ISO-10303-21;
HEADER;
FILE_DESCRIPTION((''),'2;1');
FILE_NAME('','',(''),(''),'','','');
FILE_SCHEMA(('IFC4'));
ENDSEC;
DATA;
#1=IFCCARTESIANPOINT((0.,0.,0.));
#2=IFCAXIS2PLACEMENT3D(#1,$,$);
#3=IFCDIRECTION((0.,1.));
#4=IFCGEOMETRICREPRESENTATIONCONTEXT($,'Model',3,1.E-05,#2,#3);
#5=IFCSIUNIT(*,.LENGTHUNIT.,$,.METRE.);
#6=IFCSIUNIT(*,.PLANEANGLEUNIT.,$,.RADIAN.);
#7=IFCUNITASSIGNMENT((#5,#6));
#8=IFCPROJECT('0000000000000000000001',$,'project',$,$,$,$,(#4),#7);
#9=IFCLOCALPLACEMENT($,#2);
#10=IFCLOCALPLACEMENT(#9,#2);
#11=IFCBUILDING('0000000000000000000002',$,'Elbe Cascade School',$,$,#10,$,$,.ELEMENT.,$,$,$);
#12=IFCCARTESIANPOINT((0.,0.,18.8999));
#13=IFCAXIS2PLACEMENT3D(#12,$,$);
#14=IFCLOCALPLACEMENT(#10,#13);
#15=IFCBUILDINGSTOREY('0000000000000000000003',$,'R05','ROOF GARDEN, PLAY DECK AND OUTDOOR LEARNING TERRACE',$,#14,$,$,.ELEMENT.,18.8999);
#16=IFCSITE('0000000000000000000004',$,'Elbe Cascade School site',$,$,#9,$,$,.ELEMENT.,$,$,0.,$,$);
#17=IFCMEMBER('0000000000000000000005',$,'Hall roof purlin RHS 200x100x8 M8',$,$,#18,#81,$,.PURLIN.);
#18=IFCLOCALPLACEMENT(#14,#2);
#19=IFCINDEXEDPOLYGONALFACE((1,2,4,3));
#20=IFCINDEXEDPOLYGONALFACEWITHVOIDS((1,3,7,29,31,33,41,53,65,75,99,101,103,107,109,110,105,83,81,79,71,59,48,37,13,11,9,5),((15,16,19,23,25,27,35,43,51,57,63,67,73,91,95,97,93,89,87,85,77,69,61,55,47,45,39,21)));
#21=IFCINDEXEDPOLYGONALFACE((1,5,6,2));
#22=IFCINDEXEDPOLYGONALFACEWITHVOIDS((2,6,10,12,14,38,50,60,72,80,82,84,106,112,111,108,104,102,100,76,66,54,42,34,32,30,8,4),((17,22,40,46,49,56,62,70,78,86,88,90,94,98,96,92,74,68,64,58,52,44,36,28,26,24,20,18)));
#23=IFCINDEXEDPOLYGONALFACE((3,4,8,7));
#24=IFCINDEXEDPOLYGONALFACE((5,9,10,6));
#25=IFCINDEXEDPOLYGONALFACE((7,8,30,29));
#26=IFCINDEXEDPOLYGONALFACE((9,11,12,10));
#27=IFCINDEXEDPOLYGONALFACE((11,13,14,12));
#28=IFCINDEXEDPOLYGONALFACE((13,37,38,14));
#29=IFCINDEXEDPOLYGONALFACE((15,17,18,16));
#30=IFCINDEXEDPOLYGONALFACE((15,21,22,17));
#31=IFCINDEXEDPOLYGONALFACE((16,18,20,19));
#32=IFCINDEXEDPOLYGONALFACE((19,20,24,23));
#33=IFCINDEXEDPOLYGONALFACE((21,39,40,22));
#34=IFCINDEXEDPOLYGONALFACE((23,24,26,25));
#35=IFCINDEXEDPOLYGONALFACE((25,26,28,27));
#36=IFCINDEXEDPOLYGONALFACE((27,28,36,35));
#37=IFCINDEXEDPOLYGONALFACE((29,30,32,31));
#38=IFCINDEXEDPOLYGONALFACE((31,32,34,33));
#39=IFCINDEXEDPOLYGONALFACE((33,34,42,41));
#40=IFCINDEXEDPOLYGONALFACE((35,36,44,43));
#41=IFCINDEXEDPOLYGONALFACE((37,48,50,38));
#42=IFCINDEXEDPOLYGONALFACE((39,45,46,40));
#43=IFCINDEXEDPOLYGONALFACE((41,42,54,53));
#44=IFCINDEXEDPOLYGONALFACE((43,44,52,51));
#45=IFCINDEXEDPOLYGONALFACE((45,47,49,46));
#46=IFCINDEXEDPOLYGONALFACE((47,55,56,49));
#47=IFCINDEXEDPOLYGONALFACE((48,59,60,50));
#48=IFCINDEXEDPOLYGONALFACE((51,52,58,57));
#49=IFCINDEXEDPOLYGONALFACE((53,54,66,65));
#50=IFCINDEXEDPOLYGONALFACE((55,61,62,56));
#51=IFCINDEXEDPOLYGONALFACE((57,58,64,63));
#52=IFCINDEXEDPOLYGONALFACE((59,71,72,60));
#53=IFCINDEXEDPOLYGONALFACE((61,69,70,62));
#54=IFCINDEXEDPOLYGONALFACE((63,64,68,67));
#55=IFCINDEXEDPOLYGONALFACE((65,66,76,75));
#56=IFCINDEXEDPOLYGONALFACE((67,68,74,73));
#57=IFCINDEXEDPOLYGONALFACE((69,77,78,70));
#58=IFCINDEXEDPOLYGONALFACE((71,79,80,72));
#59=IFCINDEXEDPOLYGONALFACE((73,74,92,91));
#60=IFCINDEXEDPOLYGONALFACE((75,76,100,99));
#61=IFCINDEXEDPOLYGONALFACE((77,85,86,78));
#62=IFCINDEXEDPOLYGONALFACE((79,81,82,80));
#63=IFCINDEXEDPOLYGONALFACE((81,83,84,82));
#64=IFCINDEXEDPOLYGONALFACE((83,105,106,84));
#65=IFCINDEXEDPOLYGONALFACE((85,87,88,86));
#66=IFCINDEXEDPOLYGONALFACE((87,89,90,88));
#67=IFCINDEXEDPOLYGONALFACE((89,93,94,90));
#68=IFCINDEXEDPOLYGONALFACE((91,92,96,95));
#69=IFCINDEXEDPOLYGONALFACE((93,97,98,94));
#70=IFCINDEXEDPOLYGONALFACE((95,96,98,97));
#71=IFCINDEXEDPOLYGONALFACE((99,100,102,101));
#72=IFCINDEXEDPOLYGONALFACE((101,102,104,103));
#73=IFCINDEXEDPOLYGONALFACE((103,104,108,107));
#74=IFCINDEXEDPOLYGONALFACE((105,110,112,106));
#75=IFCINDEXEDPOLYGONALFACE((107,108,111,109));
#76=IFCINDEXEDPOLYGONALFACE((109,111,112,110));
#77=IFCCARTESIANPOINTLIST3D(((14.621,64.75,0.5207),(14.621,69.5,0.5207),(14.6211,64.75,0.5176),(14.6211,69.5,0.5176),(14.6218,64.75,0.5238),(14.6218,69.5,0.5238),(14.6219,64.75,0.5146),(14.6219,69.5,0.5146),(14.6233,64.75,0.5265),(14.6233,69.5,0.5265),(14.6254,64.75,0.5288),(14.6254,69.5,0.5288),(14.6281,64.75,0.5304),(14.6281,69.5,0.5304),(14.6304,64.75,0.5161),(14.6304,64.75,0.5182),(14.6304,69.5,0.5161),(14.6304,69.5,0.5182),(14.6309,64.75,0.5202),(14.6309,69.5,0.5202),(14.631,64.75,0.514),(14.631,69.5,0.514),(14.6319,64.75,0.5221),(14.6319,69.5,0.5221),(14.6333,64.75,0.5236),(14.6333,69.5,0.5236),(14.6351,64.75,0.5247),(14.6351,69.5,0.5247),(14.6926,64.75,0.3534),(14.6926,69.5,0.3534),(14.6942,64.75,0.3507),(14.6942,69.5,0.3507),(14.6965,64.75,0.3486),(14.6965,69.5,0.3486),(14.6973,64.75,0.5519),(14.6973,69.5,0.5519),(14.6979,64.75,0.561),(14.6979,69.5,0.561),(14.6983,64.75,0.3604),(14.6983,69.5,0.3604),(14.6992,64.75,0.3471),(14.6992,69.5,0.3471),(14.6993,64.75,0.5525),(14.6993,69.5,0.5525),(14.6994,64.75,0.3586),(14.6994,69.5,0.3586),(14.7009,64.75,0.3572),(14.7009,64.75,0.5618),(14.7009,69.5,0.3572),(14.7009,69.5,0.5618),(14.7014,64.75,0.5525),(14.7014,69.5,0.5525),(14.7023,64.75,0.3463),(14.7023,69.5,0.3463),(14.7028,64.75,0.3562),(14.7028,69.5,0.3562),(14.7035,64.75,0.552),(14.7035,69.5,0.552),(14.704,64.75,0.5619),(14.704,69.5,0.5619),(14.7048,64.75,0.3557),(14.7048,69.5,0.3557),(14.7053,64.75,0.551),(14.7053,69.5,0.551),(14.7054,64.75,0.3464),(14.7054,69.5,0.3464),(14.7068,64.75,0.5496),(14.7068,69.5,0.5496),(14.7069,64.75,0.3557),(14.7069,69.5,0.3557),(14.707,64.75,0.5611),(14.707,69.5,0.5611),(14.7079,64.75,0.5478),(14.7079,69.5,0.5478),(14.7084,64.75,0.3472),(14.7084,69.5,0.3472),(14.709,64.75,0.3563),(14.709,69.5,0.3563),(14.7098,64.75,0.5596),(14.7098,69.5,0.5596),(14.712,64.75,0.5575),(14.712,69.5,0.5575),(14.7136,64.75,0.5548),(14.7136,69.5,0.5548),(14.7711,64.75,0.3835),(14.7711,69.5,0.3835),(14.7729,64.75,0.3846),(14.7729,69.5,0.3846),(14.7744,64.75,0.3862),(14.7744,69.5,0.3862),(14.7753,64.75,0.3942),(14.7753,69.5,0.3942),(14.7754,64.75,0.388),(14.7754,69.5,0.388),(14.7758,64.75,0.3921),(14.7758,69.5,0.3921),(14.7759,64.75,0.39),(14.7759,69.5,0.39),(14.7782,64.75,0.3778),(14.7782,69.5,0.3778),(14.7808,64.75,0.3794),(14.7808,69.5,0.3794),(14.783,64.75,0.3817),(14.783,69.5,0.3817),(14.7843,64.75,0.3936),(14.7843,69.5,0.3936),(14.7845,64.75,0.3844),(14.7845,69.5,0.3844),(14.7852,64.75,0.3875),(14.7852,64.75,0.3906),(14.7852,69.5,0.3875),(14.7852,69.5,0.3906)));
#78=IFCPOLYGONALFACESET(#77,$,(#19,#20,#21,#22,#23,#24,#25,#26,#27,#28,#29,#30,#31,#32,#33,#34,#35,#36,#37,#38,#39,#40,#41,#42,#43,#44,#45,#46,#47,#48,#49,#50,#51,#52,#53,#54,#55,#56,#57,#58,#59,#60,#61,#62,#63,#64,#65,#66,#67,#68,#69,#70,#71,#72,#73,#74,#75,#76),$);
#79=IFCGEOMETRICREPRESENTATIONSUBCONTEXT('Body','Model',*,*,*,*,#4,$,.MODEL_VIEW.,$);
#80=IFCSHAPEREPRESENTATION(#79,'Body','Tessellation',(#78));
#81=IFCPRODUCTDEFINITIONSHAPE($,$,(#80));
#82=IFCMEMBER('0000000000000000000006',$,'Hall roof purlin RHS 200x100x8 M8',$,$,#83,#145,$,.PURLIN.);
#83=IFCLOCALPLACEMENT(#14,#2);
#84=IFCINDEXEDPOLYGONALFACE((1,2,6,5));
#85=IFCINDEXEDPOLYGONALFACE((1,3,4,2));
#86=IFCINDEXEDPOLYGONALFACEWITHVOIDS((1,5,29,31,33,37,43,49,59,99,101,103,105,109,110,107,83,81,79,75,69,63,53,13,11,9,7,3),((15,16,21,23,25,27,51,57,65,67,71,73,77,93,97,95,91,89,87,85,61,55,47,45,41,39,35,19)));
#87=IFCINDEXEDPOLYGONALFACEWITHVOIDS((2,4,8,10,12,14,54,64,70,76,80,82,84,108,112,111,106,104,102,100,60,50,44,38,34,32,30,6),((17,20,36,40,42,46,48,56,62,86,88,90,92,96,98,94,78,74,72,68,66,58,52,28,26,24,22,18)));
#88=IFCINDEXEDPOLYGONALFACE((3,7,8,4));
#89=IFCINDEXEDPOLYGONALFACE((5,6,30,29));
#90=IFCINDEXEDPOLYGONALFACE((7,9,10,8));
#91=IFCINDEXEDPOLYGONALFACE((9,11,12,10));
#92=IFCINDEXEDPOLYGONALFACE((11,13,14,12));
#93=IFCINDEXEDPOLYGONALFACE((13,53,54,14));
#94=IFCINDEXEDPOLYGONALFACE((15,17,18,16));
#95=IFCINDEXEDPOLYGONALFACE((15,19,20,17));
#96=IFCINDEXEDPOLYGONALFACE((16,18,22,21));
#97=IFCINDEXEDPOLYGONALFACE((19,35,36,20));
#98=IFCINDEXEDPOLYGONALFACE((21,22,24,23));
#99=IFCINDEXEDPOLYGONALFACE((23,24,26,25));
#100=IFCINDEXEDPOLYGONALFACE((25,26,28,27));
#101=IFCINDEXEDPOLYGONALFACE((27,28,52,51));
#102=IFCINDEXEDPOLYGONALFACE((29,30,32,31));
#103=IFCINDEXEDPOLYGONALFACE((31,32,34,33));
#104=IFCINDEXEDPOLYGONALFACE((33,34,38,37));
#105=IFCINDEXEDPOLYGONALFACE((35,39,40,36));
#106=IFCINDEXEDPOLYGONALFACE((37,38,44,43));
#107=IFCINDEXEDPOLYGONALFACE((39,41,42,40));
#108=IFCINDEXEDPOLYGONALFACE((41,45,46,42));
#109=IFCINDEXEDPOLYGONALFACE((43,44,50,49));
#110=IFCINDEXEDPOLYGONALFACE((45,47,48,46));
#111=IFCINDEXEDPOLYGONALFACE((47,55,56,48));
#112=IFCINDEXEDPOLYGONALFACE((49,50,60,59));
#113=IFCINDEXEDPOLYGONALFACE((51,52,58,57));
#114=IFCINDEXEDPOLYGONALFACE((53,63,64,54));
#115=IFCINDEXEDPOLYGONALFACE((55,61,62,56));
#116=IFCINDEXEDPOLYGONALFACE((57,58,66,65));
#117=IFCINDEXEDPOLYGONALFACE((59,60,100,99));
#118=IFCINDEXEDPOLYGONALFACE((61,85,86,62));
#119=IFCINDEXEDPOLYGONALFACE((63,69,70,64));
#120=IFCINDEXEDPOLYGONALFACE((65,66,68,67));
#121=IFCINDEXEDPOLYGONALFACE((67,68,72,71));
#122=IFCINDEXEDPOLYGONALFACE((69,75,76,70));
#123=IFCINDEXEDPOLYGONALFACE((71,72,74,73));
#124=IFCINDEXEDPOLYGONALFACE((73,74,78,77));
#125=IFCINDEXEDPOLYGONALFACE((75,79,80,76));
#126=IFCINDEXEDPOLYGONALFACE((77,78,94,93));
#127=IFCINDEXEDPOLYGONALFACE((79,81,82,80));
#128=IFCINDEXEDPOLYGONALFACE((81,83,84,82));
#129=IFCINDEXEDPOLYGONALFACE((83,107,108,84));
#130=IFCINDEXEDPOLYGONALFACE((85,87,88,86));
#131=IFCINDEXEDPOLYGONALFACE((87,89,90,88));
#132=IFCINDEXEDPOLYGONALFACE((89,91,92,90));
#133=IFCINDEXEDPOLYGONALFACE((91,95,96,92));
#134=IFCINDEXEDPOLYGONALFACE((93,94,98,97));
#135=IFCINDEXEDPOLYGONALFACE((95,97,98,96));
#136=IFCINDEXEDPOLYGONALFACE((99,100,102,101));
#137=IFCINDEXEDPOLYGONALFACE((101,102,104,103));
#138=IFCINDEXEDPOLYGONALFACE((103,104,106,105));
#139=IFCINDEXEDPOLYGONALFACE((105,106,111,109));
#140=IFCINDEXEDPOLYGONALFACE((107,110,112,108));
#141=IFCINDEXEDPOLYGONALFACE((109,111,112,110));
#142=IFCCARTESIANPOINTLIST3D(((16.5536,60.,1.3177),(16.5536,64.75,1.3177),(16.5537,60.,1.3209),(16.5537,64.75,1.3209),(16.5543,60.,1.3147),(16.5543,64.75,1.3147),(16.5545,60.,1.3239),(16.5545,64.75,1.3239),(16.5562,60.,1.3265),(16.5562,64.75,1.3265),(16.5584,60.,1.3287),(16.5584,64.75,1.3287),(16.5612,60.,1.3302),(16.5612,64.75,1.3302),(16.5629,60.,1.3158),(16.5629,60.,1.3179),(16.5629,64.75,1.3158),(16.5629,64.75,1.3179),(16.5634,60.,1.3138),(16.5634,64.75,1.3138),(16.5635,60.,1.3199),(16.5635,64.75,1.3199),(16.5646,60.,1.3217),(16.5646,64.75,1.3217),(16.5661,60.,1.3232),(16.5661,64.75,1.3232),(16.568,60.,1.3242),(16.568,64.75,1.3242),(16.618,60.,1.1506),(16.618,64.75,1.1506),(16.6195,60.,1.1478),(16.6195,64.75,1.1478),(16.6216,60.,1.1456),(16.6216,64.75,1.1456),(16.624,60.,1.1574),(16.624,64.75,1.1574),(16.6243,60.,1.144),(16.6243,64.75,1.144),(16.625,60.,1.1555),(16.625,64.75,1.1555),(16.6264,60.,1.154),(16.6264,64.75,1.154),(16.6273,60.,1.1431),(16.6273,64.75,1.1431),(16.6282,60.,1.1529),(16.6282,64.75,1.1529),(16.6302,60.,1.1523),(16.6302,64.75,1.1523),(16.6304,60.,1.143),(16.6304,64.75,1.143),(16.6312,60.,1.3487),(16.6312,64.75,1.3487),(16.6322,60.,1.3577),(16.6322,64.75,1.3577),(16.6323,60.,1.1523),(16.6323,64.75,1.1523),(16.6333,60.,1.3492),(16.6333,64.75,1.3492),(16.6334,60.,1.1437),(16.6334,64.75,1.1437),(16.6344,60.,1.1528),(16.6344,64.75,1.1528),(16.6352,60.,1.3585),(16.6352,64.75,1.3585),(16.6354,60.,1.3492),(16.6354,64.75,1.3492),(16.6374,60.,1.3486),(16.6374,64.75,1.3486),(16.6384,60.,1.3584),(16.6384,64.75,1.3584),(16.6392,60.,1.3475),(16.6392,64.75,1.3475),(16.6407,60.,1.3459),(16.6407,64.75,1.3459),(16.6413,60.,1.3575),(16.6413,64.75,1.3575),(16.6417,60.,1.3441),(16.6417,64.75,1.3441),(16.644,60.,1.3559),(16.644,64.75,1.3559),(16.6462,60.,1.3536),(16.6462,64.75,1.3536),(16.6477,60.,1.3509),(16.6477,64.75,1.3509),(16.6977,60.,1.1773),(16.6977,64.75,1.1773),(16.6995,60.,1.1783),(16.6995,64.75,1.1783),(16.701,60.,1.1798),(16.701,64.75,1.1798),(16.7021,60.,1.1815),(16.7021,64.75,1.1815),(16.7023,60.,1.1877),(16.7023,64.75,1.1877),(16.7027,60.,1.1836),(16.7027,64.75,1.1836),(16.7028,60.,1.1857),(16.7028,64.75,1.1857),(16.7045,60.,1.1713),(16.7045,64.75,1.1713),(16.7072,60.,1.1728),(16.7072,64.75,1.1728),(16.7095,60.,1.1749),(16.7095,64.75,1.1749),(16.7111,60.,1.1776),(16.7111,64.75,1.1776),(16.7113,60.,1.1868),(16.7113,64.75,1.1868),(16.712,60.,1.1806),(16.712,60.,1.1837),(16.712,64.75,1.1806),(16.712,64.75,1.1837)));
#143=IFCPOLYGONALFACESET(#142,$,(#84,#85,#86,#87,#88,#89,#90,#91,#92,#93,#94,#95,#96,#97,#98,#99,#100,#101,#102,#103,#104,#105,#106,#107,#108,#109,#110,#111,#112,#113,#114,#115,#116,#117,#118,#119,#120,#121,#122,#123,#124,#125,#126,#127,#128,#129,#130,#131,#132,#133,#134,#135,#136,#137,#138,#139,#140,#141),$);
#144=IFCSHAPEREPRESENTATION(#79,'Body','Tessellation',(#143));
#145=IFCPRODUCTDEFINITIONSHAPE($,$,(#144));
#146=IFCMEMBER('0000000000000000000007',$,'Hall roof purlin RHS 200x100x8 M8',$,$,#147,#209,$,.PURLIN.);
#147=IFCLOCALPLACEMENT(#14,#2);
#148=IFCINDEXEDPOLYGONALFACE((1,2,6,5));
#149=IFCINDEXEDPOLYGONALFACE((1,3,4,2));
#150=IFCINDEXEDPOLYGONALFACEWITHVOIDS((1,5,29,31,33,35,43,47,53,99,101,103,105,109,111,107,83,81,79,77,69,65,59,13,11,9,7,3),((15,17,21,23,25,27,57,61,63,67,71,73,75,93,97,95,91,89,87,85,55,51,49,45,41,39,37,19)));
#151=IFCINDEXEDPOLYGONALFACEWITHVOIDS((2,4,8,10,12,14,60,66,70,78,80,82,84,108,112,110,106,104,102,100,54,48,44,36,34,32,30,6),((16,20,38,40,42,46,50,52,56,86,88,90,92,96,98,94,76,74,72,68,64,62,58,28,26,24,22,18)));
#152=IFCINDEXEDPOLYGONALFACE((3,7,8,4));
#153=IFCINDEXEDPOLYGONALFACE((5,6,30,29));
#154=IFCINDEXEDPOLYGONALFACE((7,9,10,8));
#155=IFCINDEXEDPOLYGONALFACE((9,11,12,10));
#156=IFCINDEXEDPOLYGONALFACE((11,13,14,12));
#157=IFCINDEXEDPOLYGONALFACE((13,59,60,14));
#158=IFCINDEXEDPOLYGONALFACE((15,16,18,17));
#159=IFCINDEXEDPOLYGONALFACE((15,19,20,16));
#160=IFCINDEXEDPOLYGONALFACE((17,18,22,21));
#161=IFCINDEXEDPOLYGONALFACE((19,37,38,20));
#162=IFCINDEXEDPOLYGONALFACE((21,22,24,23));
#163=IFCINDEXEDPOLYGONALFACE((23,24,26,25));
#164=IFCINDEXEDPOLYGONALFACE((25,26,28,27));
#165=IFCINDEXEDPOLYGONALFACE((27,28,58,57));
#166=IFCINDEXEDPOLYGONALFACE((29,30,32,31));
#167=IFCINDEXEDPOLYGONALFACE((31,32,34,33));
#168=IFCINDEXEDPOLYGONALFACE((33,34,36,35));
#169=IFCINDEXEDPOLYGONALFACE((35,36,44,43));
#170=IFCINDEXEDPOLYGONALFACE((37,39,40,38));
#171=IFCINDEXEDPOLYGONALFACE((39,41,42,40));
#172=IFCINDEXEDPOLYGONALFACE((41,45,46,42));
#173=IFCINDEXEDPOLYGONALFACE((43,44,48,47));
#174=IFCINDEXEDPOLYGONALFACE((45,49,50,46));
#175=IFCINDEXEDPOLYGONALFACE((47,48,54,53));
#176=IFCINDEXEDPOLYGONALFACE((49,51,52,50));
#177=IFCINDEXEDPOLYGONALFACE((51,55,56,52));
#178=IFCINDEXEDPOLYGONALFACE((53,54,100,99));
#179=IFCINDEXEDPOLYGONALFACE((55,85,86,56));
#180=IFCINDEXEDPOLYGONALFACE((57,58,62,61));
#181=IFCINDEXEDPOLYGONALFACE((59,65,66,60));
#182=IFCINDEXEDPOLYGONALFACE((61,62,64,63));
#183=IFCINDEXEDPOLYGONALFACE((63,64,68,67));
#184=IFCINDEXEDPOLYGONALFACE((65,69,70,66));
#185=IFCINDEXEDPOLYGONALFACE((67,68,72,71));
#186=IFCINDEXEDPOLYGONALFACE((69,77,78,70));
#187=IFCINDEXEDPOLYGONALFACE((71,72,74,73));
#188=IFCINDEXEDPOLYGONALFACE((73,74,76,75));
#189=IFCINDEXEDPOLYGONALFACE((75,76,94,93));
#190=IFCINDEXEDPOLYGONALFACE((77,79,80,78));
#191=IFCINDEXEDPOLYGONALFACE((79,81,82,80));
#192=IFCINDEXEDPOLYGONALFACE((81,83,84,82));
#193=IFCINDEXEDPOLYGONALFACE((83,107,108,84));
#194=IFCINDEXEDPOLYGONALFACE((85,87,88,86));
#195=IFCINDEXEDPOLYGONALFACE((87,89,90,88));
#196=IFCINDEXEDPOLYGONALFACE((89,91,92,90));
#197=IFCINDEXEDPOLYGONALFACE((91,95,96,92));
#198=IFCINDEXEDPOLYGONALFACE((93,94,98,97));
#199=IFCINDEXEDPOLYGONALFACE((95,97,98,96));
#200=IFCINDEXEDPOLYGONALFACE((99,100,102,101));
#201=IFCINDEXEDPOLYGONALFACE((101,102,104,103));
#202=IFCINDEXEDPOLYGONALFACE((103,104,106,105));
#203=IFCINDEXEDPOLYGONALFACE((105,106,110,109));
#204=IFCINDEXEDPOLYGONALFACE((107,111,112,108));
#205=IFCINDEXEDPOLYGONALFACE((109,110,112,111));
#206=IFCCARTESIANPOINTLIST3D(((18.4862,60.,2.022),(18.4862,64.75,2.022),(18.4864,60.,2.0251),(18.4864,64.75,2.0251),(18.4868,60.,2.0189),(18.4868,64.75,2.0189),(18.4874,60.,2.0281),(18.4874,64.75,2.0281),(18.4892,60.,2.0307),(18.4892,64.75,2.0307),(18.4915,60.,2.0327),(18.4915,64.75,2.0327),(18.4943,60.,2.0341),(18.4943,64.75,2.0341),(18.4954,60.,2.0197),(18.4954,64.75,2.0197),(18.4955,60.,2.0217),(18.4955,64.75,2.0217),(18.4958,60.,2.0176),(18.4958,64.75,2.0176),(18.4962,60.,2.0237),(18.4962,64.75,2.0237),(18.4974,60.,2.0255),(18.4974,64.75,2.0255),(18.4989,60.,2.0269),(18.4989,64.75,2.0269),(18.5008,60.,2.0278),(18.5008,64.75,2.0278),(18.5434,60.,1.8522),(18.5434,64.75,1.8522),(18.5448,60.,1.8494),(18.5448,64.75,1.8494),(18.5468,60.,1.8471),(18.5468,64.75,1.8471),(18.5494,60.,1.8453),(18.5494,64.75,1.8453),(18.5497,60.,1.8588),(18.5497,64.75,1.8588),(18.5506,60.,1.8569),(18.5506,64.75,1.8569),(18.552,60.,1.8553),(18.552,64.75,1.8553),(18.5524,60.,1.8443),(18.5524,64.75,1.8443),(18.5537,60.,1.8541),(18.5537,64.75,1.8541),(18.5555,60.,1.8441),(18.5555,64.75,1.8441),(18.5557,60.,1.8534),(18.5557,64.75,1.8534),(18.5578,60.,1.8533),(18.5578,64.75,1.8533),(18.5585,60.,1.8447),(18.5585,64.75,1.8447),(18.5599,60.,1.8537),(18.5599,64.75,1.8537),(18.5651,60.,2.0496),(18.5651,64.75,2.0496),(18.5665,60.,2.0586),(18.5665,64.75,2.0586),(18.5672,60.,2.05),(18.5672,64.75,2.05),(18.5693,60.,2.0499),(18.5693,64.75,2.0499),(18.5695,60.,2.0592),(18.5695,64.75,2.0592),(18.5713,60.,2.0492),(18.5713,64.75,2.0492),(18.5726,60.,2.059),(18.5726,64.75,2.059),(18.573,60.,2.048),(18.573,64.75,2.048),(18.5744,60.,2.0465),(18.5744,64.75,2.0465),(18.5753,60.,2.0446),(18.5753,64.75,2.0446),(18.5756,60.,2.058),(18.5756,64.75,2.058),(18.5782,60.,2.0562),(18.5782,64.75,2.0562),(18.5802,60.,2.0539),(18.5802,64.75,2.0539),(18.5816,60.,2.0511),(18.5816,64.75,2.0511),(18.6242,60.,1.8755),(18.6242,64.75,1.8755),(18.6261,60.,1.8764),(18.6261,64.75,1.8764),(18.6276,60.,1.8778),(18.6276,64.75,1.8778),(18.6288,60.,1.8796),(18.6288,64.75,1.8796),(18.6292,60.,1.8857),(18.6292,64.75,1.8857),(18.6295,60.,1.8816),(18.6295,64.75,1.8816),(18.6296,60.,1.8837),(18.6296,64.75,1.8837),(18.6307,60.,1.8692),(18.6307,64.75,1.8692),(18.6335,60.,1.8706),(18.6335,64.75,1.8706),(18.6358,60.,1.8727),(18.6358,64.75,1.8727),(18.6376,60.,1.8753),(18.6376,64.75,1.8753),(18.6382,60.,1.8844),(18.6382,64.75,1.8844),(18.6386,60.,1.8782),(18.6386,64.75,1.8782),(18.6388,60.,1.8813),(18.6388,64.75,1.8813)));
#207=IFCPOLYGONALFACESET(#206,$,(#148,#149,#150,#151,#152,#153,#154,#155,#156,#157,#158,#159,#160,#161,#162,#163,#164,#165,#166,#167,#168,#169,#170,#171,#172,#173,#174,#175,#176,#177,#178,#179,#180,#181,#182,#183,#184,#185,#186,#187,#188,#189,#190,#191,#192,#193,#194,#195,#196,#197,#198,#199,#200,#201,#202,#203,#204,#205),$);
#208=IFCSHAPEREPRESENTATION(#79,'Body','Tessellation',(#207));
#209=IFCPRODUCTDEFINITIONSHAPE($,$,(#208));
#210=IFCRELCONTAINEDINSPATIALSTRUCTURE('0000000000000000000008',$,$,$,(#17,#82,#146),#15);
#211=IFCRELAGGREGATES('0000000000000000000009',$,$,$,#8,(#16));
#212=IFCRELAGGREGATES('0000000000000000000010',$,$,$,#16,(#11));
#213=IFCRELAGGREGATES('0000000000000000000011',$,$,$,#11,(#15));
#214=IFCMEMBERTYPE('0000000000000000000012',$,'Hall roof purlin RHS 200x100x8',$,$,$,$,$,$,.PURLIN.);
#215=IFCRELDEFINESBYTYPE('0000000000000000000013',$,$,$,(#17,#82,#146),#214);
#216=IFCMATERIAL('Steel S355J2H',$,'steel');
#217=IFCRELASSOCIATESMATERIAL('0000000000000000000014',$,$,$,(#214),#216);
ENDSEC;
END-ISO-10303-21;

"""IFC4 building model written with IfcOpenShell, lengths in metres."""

from ifc_helpers import new_model, si_unit, direction, frame, origin, origin_2d, place, context, subcontext, project, spatial, hollow_rectangle, extrude, material, material_profile, profile_set, type_object, element, save


model = new_model("IFC4")

# Units and contexts
model_context = context("Model", 3, precision=1e-05, world=origin(), true_north=direction((0.0, 1.0)))
body_context = subcontext(model_context, "Body", "Model", "MODEL_VIEW")
ifc_project = project(units=[si_unit("LENGTHUNIT", "METRE"), si_unit("PLANEANGLEUNIT", "RADIAN")], contexts=[model_context])

# Site, building, storey
site_placement = place(None, origin())
site = spatial("IfcSite", under=ifc_project, at=site_placement, Name="Elbe Cascade School site", CompositionType="ELEMENT", RefElevation=0.0)
building_placement = place(site_placement, origin())
building = spatial("IfcBuilding", under=site, at=building_placement, Name="Elbe Cascade School", CompositionType="ELEMENT")
storey_placement = place(building_placement, frame((0.0, 0.0, 18.8999)))
storey = spatial("IfcBuildingStorey", under=building, at=storey_placement, Name="R05", Description="ROOF GARDEN, PLAY DECK AND OUTDOOR LEARNING TERRACE", CompositionType="ELEMENT", Elevation=18.8999)

# Members
ifc_material_1 = material(Name="Steel S355J2H", Category="steel")
ifc_material_profile_1 = material_profile(ifc_material_1, hollow_rectangle(XDim=0.1001, YDim=0.2, WallThickness=0.0081, InnerFilletRadius=0.0081, OuterFilletRadius=0.012, at=origin_2d()), Name="RHS 200x100x8")
ifc_profile_set_1 = profile_set([ifc_material_profile_1], Name="Steel S355J2H")
member_type_1 = type_object("IfcMemberType", Name="Hall roof purlin RHS 200x100x8", PredefinedType="PURLIN", material=ifc_profile_set_1)
for number, where, z_axis, x_axis, name in (
    (1, (14.7031, 64.75, 0.4541), (0.0, 1.0, 0.0), (-0.91584, 0.0, -0.401544), "Hall roof purlin RHS 200x100x8 M8"),
    (2, (16.6328, 60.0, 1.2507), (0.0, 1.0, 0.0), (-0.932415, 0.0, -0.36139), "Hall roof purlin RHS 200x100x8 M8"),
    (3, (18.5625, 60.0, 1.9517), (0.0, 1.0, 0.0), (-0.946999, 0.0, -0.321236), "Hall roof purlin RHS 200x100x8 M8"),
):
    element("IfcMember", number, at=place(storey_placement, frame(where, z_axis=z_axis, x_axis=x_axis)), inside=storey, type_object=member_type_1, Name=name, PredefinedType="PURLIN", context=body_context, shape_type="SweptSolid", body=[
        extrude(hollow_rectangle(XDim=0.1001, YDim=0.2, WallThickness=0.0081, InnerFilletRadius=0.0081, OuterFilletRadius=0.012, at=origin_2d()), origin(), (0.0, 0.0, 1.0), 4.75),
    ])

save(model, "model.ifc")
